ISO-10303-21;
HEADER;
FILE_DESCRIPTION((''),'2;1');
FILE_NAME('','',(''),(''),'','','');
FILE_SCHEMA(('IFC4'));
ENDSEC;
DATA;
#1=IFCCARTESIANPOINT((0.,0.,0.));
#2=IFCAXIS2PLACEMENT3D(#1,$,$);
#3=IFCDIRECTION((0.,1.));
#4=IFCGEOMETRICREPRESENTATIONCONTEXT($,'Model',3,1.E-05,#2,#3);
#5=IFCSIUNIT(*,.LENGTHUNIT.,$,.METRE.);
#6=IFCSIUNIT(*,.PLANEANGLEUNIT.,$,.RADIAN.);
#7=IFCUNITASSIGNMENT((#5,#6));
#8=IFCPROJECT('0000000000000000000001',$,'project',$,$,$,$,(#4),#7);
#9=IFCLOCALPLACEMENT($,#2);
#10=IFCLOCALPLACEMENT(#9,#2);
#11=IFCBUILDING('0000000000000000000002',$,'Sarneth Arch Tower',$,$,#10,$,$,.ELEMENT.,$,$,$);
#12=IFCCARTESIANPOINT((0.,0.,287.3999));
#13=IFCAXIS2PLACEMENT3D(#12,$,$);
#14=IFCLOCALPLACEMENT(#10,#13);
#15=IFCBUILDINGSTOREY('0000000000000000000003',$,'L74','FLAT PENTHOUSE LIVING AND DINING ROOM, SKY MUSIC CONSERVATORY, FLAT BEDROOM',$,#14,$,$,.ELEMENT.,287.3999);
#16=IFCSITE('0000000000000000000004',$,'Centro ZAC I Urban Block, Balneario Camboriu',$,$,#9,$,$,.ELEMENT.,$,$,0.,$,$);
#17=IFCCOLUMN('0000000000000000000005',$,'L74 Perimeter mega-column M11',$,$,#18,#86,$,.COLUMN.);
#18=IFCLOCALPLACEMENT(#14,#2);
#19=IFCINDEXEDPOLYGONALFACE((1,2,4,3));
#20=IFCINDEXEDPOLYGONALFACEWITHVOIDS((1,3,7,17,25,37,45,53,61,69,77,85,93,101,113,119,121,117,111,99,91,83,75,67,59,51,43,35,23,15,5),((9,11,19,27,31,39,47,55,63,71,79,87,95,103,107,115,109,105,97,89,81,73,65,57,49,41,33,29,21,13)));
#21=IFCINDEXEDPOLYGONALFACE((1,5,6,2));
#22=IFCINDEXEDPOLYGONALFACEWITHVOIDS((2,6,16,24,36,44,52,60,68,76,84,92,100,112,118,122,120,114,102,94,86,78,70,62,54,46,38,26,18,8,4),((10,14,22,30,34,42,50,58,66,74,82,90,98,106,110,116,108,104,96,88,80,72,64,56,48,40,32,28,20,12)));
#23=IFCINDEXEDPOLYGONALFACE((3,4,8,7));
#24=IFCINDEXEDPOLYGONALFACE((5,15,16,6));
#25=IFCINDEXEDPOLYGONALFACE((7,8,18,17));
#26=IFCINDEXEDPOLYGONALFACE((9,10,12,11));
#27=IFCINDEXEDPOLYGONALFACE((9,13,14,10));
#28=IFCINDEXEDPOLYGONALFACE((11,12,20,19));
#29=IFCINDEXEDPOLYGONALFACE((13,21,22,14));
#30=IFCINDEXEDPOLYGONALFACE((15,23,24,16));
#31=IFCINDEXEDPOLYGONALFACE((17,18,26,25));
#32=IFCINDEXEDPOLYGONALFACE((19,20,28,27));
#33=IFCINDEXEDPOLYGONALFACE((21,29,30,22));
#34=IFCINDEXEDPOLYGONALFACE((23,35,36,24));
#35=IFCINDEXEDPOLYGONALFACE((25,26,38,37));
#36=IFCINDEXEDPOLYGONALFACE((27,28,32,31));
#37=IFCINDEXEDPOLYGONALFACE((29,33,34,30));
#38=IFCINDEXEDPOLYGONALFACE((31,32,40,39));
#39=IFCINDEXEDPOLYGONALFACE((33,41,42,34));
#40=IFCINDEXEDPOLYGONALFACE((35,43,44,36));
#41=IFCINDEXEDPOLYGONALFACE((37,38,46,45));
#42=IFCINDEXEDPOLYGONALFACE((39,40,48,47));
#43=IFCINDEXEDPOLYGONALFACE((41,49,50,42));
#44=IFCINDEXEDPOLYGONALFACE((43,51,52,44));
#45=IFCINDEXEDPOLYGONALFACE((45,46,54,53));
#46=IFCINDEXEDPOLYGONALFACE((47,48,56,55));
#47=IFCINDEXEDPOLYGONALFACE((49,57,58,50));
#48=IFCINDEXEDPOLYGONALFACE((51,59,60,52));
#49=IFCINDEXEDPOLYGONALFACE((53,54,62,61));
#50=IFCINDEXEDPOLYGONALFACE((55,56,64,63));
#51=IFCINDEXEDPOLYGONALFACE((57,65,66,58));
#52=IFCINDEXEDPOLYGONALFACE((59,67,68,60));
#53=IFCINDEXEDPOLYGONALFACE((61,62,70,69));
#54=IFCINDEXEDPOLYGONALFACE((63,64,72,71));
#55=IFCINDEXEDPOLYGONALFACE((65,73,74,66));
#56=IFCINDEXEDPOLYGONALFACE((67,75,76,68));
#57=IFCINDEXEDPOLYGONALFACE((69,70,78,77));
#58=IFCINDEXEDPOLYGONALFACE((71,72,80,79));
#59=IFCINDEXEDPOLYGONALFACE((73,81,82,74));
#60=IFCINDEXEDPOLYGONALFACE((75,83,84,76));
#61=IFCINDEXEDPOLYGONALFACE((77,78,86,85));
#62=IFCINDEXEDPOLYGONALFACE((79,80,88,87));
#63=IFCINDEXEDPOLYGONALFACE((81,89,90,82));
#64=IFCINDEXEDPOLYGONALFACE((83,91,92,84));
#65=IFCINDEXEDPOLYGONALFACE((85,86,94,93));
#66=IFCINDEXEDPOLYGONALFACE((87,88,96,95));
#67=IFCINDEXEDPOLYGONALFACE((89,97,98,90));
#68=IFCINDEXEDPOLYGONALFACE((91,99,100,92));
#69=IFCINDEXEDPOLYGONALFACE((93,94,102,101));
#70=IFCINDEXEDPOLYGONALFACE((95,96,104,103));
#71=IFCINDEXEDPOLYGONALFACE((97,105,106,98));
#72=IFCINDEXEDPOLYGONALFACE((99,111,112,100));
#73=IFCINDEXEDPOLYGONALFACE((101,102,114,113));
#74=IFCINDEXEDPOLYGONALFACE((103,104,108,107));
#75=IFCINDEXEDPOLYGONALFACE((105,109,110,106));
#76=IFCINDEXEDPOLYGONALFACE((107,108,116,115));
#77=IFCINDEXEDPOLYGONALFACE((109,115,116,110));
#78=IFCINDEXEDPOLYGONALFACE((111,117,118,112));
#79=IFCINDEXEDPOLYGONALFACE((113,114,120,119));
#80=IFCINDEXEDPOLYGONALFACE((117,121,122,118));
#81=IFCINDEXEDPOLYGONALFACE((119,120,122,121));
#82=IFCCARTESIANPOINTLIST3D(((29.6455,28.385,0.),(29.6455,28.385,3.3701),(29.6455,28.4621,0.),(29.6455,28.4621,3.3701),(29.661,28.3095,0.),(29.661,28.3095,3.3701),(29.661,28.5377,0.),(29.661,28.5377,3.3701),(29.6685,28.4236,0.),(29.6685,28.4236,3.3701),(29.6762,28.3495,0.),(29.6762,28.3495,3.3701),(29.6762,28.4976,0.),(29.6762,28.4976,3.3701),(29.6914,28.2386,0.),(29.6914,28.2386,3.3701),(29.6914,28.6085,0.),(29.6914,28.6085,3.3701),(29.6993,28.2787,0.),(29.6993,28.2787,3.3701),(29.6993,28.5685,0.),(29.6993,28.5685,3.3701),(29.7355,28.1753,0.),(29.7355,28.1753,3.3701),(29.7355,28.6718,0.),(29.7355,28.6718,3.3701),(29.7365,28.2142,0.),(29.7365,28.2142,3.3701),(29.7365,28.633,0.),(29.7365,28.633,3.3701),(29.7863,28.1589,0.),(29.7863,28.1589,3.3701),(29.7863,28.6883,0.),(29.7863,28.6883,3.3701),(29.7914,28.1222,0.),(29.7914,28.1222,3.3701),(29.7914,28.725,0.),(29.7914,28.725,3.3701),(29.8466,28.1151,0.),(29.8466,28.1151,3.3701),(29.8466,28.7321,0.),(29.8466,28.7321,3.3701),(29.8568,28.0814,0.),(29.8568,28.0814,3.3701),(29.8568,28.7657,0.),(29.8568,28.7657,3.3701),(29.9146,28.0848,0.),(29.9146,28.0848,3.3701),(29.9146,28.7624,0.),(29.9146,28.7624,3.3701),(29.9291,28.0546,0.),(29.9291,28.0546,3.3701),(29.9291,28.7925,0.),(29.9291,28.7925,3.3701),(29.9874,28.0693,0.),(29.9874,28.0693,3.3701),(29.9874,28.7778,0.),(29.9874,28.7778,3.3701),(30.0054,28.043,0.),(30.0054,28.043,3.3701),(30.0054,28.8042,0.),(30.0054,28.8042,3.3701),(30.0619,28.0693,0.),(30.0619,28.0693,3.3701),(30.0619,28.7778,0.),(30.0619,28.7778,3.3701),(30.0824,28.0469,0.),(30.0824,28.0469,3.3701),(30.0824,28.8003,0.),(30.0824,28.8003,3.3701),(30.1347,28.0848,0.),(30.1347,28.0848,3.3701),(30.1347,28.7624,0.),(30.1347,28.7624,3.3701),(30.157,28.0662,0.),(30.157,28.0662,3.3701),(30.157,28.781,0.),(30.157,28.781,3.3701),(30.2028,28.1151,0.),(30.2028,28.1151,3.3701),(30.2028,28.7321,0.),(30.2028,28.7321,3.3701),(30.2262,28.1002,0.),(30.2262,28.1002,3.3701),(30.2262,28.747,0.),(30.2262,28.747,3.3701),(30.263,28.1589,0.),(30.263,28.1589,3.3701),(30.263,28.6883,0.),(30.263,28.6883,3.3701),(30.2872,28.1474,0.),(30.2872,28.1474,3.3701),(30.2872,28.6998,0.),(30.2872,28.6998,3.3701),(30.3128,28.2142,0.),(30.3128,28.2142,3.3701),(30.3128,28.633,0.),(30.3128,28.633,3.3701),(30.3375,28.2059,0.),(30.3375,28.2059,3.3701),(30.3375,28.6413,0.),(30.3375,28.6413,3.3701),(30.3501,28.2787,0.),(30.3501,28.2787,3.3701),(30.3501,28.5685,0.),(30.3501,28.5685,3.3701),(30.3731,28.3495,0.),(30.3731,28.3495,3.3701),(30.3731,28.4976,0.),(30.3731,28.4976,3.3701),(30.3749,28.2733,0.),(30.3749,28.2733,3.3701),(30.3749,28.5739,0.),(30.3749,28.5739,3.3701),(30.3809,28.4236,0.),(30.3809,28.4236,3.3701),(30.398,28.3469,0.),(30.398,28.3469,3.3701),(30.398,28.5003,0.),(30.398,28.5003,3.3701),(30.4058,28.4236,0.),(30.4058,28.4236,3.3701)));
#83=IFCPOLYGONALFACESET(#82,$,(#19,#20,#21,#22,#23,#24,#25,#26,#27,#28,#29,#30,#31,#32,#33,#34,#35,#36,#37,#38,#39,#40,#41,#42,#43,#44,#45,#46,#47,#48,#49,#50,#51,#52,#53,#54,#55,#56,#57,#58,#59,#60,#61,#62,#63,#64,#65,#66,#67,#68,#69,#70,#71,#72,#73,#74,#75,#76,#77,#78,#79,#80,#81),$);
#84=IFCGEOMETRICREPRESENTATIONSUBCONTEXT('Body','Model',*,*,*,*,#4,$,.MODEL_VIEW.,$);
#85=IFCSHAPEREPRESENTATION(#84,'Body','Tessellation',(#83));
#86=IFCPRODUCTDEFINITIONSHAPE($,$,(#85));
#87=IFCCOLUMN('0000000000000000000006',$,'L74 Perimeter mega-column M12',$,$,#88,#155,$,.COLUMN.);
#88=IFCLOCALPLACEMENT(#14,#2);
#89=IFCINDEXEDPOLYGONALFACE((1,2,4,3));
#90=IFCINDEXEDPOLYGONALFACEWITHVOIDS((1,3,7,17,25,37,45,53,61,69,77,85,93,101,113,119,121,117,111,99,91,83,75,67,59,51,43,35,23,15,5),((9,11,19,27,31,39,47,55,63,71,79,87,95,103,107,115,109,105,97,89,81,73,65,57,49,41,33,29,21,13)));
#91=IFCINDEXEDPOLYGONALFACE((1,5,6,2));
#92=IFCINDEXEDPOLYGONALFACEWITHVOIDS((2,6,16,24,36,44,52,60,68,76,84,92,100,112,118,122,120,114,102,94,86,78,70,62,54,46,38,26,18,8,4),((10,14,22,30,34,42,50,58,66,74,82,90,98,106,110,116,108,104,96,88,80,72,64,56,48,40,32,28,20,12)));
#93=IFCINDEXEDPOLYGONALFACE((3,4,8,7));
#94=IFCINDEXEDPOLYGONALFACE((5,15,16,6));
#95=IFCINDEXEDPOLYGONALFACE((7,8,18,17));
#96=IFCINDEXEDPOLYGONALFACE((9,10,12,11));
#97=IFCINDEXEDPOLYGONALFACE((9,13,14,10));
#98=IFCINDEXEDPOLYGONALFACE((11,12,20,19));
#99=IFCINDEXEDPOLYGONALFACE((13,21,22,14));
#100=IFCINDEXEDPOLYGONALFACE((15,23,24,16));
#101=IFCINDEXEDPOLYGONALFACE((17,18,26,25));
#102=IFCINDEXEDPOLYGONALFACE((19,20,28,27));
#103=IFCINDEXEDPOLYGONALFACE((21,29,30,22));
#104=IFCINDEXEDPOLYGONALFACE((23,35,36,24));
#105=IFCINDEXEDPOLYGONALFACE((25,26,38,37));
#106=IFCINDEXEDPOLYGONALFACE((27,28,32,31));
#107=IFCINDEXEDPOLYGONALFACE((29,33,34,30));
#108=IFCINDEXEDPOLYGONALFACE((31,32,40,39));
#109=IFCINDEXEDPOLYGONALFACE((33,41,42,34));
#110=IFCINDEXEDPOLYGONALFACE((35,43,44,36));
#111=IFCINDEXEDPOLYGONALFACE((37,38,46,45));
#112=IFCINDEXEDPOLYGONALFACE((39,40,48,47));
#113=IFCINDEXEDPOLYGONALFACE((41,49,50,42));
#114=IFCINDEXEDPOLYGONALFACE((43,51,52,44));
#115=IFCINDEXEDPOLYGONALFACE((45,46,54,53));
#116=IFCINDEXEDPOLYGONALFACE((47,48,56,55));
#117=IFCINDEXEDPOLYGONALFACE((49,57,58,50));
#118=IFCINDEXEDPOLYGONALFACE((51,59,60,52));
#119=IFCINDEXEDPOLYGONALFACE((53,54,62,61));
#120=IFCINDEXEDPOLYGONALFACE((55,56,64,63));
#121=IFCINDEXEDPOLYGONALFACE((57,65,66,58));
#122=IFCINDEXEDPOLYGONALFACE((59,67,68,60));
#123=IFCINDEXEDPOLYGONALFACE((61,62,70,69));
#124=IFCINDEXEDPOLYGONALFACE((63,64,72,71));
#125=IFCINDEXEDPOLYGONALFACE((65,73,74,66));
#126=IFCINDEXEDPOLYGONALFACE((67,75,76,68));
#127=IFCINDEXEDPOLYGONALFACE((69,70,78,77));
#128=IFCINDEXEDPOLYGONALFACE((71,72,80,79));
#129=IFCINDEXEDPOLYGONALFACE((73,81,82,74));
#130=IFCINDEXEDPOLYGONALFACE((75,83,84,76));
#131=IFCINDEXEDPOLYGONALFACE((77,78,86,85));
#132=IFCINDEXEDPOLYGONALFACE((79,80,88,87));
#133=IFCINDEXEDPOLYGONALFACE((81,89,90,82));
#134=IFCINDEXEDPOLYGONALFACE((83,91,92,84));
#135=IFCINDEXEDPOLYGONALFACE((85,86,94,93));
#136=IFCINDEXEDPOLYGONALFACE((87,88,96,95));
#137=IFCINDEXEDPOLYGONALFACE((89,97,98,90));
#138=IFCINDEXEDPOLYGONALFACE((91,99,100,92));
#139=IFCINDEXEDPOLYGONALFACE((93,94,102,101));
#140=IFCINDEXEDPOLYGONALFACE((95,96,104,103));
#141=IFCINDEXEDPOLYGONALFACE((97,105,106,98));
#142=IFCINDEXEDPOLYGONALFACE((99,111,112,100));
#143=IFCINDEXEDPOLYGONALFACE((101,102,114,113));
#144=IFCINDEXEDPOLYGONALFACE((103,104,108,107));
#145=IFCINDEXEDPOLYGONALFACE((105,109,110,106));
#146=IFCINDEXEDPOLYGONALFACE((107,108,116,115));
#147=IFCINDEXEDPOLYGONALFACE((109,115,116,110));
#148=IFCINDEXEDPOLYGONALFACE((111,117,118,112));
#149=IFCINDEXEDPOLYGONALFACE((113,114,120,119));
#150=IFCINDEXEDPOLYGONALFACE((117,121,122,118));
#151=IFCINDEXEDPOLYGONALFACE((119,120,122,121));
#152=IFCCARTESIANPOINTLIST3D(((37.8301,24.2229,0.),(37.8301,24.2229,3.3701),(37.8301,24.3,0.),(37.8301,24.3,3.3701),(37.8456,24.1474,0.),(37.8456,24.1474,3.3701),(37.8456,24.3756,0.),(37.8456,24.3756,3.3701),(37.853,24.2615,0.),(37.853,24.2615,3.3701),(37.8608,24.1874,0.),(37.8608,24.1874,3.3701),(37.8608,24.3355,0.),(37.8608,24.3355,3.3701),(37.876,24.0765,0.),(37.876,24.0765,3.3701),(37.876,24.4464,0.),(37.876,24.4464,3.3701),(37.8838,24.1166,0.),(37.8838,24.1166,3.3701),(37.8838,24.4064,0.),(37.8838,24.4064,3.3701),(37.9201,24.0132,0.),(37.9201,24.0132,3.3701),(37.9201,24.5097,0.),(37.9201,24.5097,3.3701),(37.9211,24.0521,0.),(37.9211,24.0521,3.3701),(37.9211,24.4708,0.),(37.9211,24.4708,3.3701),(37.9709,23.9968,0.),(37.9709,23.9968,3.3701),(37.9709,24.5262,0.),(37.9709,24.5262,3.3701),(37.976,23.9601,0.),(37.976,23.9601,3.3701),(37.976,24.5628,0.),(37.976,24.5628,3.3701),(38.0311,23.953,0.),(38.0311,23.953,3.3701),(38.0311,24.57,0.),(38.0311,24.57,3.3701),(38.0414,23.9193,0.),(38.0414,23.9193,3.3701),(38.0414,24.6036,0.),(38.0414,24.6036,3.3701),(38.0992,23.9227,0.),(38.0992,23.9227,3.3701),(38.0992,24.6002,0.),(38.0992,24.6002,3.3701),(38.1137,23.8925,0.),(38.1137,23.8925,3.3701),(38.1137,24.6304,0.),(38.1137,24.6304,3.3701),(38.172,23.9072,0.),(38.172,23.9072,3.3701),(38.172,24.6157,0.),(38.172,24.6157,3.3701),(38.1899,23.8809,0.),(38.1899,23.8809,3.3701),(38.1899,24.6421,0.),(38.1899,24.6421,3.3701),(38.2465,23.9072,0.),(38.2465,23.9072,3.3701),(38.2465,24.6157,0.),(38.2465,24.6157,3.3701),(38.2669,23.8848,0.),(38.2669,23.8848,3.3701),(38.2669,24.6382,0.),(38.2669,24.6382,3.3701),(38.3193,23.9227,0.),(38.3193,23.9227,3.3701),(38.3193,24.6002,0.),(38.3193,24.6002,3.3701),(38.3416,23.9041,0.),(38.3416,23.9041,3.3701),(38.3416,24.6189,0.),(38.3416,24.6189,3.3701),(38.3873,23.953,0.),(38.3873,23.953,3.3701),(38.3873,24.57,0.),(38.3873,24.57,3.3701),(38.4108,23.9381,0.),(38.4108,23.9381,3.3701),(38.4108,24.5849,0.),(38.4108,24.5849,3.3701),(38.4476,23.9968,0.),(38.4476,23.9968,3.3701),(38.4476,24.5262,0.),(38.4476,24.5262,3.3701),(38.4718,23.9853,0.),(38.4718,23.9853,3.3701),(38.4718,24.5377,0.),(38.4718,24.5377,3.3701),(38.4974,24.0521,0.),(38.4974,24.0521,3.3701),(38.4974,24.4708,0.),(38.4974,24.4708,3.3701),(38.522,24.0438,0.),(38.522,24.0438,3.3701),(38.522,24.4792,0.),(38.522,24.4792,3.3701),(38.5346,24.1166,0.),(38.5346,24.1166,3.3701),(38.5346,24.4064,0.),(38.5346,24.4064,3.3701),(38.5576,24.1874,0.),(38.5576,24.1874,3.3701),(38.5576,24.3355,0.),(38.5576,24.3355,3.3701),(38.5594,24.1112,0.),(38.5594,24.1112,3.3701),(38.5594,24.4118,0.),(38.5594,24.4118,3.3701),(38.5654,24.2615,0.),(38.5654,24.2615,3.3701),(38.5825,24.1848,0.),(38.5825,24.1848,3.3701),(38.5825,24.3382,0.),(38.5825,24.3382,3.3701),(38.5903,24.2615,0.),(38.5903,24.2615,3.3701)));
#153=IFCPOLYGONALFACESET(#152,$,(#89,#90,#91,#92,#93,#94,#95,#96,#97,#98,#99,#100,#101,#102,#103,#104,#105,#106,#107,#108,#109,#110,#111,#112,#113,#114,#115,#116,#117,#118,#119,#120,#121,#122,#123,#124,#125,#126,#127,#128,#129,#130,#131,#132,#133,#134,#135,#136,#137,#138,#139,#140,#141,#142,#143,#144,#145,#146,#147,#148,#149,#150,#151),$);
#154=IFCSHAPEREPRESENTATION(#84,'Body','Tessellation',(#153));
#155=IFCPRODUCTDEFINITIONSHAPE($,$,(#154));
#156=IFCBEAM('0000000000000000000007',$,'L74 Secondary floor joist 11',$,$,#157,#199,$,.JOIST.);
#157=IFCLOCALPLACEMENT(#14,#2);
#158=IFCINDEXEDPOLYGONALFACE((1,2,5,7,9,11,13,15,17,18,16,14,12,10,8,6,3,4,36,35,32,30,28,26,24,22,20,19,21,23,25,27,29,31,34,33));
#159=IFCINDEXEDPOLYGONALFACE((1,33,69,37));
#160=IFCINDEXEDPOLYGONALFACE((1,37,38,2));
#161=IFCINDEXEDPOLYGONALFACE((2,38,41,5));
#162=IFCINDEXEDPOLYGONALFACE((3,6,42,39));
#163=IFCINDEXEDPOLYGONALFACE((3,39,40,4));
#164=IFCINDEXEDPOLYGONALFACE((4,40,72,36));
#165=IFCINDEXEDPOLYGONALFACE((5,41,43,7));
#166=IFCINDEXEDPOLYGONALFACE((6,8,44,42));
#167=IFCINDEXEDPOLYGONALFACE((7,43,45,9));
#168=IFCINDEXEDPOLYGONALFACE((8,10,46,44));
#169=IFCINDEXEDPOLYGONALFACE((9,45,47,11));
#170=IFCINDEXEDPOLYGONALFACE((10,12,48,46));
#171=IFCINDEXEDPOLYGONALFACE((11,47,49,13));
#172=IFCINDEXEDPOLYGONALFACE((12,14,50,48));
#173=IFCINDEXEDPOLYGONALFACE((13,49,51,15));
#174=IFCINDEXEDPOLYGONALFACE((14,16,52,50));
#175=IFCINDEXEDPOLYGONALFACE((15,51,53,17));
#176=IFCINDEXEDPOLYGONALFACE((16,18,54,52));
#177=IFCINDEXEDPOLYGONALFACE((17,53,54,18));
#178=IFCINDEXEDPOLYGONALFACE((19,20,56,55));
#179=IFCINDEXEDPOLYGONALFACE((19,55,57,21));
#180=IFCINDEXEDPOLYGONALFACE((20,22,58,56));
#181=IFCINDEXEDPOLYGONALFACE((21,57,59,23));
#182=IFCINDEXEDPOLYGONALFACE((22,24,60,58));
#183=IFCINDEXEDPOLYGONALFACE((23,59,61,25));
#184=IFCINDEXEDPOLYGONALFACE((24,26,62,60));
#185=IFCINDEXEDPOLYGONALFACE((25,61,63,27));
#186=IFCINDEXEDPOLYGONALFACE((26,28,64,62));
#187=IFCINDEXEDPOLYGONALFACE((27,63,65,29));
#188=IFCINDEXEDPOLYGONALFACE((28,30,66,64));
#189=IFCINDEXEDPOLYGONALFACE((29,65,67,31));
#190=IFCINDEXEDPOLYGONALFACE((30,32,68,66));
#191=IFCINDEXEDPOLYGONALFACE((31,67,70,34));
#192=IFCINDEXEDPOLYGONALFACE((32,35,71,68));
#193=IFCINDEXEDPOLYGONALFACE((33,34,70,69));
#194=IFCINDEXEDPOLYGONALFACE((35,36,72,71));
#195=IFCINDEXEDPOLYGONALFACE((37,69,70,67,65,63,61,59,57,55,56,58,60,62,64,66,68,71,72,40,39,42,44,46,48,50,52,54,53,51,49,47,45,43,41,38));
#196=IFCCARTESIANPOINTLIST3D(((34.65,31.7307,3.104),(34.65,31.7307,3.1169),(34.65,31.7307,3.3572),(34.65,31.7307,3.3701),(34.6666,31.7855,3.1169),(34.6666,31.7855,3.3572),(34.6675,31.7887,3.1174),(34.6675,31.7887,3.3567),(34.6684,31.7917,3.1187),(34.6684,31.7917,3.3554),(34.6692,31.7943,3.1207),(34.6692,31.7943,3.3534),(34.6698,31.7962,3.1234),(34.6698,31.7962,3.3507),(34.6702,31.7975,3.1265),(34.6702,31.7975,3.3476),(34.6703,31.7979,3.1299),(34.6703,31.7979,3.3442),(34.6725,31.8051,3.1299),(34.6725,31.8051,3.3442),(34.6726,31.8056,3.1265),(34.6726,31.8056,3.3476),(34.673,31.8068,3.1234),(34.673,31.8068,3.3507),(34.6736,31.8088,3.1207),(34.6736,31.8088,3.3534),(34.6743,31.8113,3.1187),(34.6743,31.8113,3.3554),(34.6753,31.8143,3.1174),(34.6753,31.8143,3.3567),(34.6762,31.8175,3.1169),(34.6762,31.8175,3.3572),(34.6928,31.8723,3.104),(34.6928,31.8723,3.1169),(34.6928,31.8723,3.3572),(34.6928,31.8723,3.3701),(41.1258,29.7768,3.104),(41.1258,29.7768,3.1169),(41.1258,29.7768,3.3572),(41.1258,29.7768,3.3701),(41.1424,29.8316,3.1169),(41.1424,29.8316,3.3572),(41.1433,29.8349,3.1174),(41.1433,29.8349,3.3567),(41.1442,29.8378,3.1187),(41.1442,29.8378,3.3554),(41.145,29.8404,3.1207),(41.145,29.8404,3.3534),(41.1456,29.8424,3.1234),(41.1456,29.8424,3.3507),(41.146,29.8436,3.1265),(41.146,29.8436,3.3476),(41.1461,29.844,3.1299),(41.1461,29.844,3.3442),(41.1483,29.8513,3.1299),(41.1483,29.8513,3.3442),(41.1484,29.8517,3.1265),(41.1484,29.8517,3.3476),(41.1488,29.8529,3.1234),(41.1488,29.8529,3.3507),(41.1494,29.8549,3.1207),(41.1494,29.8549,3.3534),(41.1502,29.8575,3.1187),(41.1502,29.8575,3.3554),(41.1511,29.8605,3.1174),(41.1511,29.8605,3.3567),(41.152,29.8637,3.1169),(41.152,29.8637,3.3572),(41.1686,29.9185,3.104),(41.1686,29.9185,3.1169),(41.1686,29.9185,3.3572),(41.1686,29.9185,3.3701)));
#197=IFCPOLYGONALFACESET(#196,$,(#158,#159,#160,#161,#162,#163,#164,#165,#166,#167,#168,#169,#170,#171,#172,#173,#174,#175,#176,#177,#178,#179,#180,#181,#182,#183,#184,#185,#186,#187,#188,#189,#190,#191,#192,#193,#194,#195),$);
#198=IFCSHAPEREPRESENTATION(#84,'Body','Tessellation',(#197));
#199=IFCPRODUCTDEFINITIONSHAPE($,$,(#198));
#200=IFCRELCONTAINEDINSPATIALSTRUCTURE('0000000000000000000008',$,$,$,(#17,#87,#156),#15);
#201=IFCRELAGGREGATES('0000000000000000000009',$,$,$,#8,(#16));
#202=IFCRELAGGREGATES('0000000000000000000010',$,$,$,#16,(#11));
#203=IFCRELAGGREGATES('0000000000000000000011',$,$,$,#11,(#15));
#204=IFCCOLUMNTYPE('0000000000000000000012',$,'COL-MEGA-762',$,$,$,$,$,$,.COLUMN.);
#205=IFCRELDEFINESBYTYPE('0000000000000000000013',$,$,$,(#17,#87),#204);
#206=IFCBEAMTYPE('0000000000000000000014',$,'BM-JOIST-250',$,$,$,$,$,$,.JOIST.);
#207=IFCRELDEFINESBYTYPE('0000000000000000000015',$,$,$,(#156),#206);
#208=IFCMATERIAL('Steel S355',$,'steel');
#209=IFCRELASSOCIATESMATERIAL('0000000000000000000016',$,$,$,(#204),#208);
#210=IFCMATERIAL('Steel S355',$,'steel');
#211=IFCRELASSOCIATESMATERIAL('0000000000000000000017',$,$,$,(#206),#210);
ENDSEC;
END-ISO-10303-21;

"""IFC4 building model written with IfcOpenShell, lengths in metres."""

from ifc_helpers import new_model, si_unit, direction, frame, origin, origin_2d, place, context, subcontext, project, spatial, hollow_circle, i_section, extrude, material, material_profile, profile_set, type_object, element, save


model = new_model("IFC4")

# Units and contexts
model_context = context("Model", 3, precision=1e-05, world=origin(), true_north=direction((0.0, 1.0)))
body_context = subcontext(model_context, "Body", "Model", "MODEL_VIEW")
ifc_project = project(units=[si_unit("LENGTHUNIT", "METRE"), si_unit("PLANEANGLEUNIT", "RADIAN")], contexts=[model_context])

# Site, building, storey
site_placement = place(None, origin())
site = spatial("IfcSite", under=ifc_project, at=site_placement, Name="Centro ZAC I Urban Block, Balneario Camboriu", CompositionType="ELEMENT", RefElevation=0.0)
building_placement = place(site_placement, origin())
building = spatial("IfcBuilding", under=site, at=building_placement, Name="Sarneth Arch Tower", CompositionType="ELEMENT")
storey_placement = place(building_placement, frame((0.0, 0.0, 287.3999)))
storey = spatial("IfcBuildingStorey", under=building, at=storey_placement, Name="L74", Description="FLAT PENTHOUSE LIVING AND DINING ROOM, SKY MUSIC CONSERVATORY, FLAT BEDROOM", CompositionType="ELEMENT", Elevation=287.3999)

# Columns
ifc_material_1 = material(Name="Steel S355", Category="steel")
ifc_material_profile_1 = material_profile(ifc_material_1, hollow_circle(Radius=0.3811, WallThickness=0.0249, at=origin_2d()), Name="CHS762x25")
ifc_profile_set_1 = profile_set([ifc_material_profile_1], Name="Steel S355")
column_type = type_object("IfcColumnType", Name="COL-MEGA-762", PredefinedType="COLUMN", material=ifc_profile_set_1)
for number, where, z_axis, x_axis, name in (
    (1, (30.0247, 28.4236, 0.0), (0.0, 0.0, 1.0), (1.0, 0.0, 0.0), "L74 Perimeter mega-column M11"),
    (2, (38.2092, 24.2615, 0.0), (0.0, 0.0, 1.0), (1.0, 0.0, 0.0), "L74 Perimeter mega-column M12"),
):
    element("IfcColumn", number, at=place(storey_placement, frame(where, z_axis=z_axis, x_axis=x_axis)), inside=storey, type_object=column_type, Name=name, PredefinedType="COLUMN", context=body_context, shape_type="SweptSolid", body=[
        extrude(hollow_circle(Radius=0.3811, WallThickness=0.0249, at=origin_2d()), origin(), (0.0, 0.0, 1.0), 3.3701),
    ])

# Beam
ifc_material_2 = material(Name="Steel S355", Category="steel")
ifc_material_profile_2 = material_profile(ifc_material_2, i_section(OverallWidth=0.1479, OverallDepth=0.2661, WebThickness=0.0076, FlangeThickness=0.0129, FilletRadius=0.0129, at=origin_2d()), Name="W250x44.8")
ifc_profile_set_2 = profile_set([ifc_material_profile_2], Name="Steel S355")
beam_type_1 = type_object("IfcBeamType", Name="BM-JOIST-250", PredefinedType="JOIST", material=ifc_profile_set_2)
beam_1_placement = place(storey_placement, frame((34.6714, 31.8015, 3.2371), z_axis=(0.957373, -0.288854, 0.0), x_axis=(0.288854, 0.957373, 0.0)))
element("IfcBeam", 3, at=beam_1_placement, inside=storey, type_object=beam_type_1, Name="L74 Secondary floor joist 11", PredefinedType="JOIST", context=body_context, shape_type="SweptSolid", body=[
    extrude(i_section(OverallWidth=0.1479, OverallDepth=0.2661, WebThickness=0.0076, FlangeThickness=0.0129, FilletRadius=0.0129, at=origin_2d()), origin(), (0.0, 0.0, 1.0), 6.7642),
])

save(model, "model.ifc")
